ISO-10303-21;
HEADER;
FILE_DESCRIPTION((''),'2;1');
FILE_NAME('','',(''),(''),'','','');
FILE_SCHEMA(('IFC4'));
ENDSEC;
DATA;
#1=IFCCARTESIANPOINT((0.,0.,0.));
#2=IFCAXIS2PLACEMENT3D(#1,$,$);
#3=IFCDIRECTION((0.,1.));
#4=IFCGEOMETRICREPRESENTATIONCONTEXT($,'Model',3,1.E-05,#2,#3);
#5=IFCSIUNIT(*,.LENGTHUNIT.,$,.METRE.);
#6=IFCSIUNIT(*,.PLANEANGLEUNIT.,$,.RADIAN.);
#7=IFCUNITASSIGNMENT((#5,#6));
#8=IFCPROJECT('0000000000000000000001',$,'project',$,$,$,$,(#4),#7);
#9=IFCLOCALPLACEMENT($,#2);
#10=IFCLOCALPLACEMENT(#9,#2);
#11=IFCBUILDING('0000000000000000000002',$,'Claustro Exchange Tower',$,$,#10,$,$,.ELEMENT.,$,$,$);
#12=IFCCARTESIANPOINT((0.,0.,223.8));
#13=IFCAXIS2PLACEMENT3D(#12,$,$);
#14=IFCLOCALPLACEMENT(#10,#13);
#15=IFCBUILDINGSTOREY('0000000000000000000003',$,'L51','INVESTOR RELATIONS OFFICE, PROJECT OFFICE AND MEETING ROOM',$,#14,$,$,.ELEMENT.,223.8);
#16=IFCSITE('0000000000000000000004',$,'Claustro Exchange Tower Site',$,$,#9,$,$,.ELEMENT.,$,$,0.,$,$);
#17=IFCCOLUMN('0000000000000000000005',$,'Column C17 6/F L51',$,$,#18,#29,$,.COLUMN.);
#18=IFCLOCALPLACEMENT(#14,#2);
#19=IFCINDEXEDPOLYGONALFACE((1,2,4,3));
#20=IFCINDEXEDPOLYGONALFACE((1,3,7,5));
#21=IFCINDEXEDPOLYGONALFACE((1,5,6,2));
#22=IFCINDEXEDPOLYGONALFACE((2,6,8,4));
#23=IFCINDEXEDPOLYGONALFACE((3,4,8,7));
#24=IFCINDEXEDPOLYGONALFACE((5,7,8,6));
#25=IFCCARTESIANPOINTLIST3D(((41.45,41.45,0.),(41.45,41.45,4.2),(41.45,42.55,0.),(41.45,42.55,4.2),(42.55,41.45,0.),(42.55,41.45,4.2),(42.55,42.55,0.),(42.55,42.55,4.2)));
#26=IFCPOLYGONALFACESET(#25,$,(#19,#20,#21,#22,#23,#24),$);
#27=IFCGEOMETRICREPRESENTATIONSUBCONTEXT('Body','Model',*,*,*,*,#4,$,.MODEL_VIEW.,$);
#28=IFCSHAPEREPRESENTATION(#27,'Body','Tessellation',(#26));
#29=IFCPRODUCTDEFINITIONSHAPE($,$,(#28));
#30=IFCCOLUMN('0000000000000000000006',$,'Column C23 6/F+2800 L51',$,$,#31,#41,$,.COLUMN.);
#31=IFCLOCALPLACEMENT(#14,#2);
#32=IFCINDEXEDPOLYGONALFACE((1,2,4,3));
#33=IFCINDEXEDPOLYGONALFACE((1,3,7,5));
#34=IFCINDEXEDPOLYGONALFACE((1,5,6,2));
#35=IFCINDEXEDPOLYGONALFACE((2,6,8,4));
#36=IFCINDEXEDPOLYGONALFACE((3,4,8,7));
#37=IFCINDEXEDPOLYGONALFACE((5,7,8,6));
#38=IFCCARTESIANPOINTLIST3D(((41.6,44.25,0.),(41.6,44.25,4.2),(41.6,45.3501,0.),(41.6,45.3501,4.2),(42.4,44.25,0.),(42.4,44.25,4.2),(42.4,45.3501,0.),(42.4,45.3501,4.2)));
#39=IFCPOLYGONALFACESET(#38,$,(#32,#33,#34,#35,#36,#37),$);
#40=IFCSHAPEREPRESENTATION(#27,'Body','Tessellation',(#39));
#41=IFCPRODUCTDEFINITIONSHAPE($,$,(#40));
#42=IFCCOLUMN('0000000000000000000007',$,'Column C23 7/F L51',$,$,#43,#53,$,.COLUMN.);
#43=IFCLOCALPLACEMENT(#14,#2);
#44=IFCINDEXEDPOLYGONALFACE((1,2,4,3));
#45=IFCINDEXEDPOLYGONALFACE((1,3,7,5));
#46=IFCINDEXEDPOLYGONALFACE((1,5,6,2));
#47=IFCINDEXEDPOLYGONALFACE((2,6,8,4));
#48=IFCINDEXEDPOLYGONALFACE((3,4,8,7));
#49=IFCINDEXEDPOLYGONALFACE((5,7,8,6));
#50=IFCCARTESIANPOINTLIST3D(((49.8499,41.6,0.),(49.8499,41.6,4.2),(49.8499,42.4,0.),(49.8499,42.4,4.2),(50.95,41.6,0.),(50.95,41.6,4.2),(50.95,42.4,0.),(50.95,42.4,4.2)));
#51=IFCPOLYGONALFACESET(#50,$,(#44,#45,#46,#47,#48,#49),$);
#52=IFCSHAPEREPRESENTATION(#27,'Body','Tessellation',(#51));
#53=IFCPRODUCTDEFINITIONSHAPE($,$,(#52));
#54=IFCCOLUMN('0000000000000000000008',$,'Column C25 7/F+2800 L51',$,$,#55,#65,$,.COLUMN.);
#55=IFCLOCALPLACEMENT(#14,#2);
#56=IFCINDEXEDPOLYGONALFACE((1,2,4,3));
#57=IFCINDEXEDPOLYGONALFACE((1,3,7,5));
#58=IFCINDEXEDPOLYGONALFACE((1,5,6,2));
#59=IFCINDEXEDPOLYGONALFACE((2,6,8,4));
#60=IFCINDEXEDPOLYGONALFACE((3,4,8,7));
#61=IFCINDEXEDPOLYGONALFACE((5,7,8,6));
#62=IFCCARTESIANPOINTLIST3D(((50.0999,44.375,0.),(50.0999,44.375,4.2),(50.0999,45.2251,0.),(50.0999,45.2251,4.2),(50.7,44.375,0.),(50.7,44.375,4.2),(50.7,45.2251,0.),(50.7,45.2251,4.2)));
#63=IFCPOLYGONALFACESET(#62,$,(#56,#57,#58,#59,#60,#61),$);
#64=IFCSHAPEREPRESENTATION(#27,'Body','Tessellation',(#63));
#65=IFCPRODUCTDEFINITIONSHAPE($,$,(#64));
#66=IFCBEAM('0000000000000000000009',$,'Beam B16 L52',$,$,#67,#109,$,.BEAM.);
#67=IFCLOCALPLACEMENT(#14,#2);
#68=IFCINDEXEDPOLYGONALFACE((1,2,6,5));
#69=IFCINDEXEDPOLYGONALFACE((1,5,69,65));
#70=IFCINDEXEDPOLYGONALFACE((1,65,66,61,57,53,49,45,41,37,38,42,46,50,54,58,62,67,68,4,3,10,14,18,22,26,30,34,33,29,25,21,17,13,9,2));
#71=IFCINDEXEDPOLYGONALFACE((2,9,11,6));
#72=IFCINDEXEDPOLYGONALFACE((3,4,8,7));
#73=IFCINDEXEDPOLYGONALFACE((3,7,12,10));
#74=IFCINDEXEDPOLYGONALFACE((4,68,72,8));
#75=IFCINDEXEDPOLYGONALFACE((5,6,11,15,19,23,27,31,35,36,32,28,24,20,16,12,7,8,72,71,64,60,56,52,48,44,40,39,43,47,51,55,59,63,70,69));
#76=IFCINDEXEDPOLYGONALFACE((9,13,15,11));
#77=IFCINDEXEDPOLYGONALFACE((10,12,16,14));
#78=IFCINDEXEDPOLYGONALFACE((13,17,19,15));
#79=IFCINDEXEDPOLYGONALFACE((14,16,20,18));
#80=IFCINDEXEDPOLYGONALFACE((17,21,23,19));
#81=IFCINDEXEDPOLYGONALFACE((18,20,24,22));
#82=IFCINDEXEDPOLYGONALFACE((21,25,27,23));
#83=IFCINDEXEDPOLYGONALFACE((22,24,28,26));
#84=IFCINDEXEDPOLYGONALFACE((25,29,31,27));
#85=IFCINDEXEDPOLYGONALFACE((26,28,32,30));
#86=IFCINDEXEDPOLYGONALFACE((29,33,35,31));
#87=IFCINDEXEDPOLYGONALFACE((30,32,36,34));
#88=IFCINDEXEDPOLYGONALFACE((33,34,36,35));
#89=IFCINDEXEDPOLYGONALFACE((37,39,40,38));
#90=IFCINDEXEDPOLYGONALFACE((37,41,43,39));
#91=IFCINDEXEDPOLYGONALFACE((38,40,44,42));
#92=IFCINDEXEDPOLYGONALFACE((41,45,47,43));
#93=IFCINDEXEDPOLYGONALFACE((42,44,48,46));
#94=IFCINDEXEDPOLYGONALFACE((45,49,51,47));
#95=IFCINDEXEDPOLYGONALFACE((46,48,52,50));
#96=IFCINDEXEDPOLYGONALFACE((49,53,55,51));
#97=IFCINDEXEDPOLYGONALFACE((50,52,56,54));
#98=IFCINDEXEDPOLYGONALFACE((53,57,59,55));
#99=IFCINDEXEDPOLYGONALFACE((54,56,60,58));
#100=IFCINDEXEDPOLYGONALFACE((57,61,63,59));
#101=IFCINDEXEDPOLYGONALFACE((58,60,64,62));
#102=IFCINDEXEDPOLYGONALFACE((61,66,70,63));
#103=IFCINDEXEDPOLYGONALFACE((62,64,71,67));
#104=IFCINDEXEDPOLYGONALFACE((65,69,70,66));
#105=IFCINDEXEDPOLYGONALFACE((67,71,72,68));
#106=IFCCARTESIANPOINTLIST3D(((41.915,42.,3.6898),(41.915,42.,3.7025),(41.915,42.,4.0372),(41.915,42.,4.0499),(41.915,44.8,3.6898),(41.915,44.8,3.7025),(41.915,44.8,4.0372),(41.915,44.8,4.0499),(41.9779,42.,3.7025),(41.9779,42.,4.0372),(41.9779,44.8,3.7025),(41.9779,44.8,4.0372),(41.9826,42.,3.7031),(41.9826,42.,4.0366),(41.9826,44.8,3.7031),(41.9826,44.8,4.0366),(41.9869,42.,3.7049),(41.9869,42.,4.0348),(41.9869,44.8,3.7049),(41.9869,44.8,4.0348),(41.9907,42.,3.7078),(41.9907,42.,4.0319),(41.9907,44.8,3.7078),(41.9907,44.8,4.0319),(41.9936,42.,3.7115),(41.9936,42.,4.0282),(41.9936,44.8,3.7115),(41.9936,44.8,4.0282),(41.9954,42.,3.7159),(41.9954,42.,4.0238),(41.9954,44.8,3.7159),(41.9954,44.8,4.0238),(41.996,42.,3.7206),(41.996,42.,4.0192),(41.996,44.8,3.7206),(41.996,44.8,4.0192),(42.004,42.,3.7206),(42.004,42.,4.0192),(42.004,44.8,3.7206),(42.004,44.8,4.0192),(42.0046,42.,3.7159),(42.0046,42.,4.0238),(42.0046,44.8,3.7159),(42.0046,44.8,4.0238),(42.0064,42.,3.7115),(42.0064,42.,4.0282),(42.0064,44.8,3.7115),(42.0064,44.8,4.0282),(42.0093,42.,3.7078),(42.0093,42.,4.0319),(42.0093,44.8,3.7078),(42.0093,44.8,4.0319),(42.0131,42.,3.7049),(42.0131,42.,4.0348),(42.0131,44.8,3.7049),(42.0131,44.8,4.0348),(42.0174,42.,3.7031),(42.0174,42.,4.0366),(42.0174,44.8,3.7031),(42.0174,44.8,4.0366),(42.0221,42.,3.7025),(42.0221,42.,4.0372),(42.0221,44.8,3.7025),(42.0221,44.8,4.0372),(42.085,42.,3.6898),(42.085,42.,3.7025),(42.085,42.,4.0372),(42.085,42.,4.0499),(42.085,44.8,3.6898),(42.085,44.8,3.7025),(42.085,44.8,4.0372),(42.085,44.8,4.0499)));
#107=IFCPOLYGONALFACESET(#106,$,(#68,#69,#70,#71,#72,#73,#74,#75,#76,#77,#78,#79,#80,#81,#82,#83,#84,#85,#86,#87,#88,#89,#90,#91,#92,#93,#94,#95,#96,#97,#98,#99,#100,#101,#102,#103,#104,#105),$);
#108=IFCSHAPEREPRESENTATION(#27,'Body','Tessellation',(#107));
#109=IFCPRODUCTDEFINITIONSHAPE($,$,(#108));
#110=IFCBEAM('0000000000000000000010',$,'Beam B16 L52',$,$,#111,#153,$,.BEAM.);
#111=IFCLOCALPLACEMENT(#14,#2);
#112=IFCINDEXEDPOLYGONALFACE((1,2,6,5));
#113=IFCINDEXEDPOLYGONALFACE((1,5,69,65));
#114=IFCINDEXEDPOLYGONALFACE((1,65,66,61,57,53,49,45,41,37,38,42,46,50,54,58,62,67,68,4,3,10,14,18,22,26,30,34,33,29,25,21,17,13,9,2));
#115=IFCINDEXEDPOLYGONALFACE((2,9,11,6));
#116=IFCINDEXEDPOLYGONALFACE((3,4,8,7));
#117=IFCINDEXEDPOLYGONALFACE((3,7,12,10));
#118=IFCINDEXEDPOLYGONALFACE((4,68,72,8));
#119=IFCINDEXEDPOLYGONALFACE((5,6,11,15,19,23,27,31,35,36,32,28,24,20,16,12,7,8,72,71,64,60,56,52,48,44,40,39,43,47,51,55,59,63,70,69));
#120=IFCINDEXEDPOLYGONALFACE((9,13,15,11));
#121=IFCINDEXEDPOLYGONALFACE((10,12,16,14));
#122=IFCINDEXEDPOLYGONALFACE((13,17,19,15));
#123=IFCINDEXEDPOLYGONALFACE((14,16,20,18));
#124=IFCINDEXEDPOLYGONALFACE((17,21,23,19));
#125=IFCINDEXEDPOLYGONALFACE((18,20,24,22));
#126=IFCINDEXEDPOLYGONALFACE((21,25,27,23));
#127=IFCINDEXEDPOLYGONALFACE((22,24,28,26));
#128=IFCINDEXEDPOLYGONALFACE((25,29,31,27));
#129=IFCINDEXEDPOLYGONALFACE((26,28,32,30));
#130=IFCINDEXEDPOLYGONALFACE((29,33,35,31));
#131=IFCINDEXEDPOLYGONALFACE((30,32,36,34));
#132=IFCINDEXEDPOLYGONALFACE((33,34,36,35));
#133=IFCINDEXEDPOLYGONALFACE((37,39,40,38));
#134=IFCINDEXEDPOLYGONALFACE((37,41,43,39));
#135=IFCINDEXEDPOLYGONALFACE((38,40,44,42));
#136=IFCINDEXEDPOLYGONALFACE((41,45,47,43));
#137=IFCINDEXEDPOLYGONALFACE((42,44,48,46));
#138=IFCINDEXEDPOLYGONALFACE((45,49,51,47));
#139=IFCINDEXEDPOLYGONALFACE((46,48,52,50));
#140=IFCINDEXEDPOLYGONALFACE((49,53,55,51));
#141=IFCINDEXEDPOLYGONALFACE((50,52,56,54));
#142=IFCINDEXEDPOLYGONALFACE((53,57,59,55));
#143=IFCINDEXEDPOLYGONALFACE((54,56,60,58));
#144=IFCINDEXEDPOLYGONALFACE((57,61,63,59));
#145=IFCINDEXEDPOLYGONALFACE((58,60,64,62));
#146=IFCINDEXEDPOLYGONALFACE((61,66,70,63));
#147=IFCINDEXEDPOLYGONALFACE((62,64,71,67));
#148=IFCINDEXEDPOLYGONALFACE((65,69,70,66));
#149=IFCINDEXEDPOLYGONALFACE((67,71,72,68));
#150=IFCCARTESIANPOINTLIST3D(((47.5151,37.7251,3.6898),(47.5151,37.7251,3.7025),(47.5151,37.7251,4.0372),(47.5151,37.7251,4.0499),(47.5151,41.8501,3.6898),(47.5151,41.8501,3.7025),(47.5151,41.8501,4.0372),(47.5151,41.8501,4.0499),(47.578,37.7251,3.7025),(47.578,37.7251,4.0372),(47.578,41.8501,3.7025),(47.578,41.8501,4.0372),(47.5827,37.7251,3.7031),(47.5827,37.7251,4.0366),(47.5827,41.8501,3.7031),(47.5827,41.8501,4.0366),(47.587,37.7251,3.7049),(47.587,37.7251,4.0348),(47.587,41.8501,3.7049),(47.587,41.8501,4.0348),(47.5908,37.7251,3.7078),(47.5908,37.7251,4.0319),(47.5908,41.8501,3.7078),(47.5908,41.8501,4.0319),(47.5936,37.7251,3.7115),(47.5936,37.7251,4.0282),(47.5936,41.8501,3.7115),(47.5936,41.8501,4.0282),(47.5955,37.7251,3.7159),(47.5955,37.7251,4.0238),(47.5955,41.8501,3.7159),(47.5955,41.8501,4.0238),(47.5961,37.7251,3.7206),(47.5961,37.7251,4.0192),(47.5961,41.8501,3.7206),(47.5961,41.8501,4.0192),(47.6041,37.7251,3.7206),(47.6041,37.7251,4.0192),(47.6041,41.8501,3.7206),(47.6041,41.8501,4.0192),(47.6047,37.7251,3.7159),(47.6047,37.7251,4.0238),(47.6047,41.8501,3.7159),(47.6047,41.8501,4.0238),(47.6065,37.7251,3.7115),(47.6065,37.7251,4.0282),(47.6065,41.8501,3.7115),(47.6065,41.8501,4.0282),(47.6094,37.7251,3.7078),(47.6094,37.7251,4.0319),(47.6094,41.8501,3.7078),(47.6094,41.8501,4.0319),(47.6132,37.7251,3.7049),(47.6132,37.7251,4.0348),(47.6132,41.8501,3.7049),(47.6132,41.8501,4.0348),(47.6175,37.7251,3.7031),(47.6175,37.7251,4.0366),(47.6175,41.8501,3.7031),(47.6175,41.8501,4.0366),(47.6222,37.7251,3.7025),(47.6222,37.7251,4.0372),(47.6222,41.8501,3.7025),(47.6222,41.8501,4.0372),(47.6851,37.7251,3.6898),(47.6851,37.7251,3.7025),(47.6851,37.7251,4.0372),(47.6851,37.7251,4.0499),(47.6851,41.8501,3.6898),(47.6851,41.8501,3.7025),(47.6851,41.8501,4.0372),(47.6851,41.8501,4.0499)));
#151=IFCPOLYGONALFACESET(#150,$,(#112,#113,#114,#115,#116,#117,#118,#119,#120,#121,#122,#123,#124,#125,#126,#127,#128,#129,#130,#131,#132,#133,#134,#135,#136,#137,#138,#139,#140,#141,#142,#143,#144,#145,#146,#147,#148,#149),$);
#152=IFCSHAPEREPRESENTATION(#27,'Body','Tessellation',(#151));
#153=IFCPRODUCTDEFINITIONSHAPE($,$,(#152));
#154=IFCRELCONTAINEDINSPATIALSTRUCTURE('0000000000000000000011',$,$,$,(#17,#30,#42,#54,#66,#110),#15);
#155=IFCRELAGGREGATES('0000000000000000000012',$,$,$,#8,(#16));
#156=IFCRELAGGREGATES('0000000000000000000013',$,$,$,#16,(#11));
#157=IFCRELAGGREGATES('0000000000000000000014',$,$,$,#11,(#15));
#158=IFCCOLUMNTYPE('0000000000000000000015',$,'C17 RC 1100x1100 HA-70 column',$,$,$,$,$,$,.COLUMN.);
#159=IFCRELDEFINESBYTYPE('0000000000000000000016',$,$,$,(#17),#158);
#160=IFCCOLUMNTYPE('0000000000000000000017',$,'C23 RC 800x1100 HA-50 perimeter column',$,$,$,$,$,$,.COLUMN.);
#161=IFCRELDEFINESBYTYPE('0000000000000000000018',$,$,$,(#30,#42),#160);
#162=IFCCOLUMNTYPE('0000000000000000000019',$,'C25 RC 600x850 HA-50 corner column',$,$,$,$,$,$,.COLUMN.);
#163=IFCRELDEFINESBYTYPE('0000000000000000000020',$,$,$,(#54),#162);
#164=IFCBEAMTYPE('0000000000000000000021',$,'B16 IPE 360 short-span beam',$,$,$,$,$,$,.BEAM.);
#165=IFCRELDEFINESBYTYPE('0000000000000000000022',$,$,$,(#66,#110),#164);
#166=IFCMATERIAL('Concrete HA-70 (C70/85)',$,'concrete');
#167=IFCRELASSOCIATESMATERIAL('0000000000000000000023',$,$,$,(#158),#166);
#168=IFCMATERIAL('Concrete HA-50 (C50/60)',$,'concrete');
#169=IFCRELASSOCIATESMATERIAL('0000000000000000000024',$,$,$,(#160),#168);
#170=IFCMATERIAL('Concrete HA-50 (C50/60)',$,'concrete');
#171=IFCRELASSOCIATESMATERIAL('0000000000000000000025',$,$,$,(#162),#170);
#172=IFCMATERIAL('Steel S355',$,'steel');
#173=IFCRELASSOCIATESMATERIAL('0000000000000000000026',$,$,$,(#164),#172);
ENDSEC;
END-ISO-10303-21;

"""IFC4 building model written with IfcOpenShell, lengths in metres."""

from ifc_helpers import new_model, si_unit, direction, frame, origin, origin_2d, place, context, subcontext, project, spatial, rectangle, i_section, extrude, material, material_profile, profile_set, type_object, element, save


model = new_model("IFC4")

# Units and contexts
model_context = context("Model", 3, precision=1e-05, world=origin(), true_north=direction((0.0, 1.0)))
body_context = subcontext(model_context, "Body", "Model", "MODEL_VIEW")
ifc_project = project(units=[si_unit("LENGTHUNIT", "METRE"), si_unit("PLANEANGLEUNIT", "RADIAN")], contexts=[model_context])

# Site, building, storey
site_placement = place(None, origin())
site = spatial("IfcSite", under=ifc_project, at=site_placement, Name="Claustro Exchange Tower Site", CompositionType="ELEMENT", RefElevation=0.0)
building_placement = place(site_placement, origin())
building = spatial("IfcBuilding", under=site, at=building_placement, Name="Claustro Exchange Tower", CompositionType="ELEMENT")
storey_placement = place(building_placement, frame((0.0, 0.0, 223.8)))
storey = spatial("IfcBuildingStorey", under=building, at=storey_placement, Name="L51", Description="INVESTOR RELATIONS OFFICE, PROJECT OFFICE AND MEETING ROOM", CompositionType="ELEMENT", Elevation=223.8)

# Columns
ifc_material_1 = material(Name="Concrete HA-70 (C70/85)", Category="concrete")
ifc_material_profile_1 = material_profile(ifc_material_1, rectangle(XDim=1.1001, YDim=1.1001, at=origin_2d()), Name="RC 1100x1100")
ifc_profile_set_1 = profile_set([ifc_material_profile_1], Name="Concrete HA-70 (C70/85)")
column_type_1 = type_object("IfcColumnType", Name="C17 RC 1100x1100 HA-70 column", PredefinedType="COLUMN", material=ifc_profile_set_1)
column_1_placement = place(storey_placement, frame((42.0, 42.0, 0.0), z_axis=(0.0, 0.0, 1.0), x_axis=(1.0, 0.0, 0.0)))
element("IfcColumn", 1, at=column_1_placement, inside=storey, type_object=column_type_1, Name="Column C17 6/F L51", PredefinedType="COLUMN", context=body_context, shape_type="SweptSolid", body=[
    extrude(rectangle(XDim=1.1001, YDim=1.1001, at=origin_2d()), origin(), (0.0, 0.0, 1.0), 4.2),
])
ifc_material_2 = material(Name="Concrete HA-50 (C50/60)", Category="concrete")
ifc_material_profile_2 = material_profile(ifc_material_2, rectangle(XDim=0.8, YDim=1.1001, at=origin_2d()), Name="RC 800x1100")
ifc_profile_set_2 = profile_set([ifc_material_profile_2], Name="Concrete HA-50 (C50/60)")
column_type_2 = type_object("IfcColumnType", Name="C23 RC 800x1100 HA-50 perimeter column", PredefinedType="COLUMN", material=ifc_profile_set_2)
for number, where, z_axis, x_axis, name in (
    (2, (42.0, 44.8, 0.0), (0.0, 0.0, 1.0), (1.0, 0.0, 0.0), "Column C23 6/F+2800 L51"),
    (3, (50.3999, 42.0, 0.0), (0.0, 0.0, 1.0), (0.0, 1.0, 0.0), "Column C23 7/F L51"),
):
    element("IfcColumn", number, at=place(storey_placement, frame(where, z_axis=z_axis, x_axis=x_axis)), inside=storey, type_object=column_type_2, Name=name, PredefinedType="COLUMN", context=body_context, shape_type="SweptSolid", body=[
        extrude(rectangle(XDim=0.8, YDim=1.1001, at=origin_2d()), origin(), (0.0, 0.0, 1.0), 4.2),
    ])
ifc_material_3 = material(Name="Concrete HA-50 (C50/60)", Category="concrete")
ifc_material_profile_3 = material_profile(ifc_material_3, rectangle(XDim=0.6001, YDim=0.8501, at=origin_2d()), Name="RC 600x850")
ifc_profile_set_3 = profile_set([ifc_material_profile_3], Name="Concrete HA-50 (C50/60)")
column_type_3 = type_object("IfcColumnType", Name="C25 RC 600x850 HA-50 corner column", PredefinedType="COLUMN", material=ifc_profile_set_3)
column_2_placement = place(storey_placement, frame((50.3999, 44.8, 0.0), z_axis=(0.0, 0.0, 1.0), x_axis=(1.0, 0.0, 0.0)))
element("IfcColumn", 4, at=column_2_placement, inside=storey, type_object=column_type_3, Name="Column C25 7/F+2800 L51", PredefinedType="COLUMN", context=body_context, shape_type="SweptSolid", body=[
    extrude(rectangle(XDim=0.6001, YDim=0.8501, at=origin_2d()), origin(), (0.0, 0.0, 1.0), 4.2),
])

# Beams
ifc_material_4 = material(Name="Steel S355", Category="steel")
ifc_material_profile_4 = material_profile(ifc_material_4, i_section(OverallWidth=0.1699, OverallDepth=0.3601, WebThickness=0.0081, FlangeThickness=0.0127, FilletRadius=0.0181, at=origin_2d()), Name="IPE 360")
ifc_profile_set_4 = profile_set([ifc_material_profile_4], Name="Steel S355")
beam_type_1 = type_object("IfcBeamType", Name="B16 IPE 360 short-span beam", PredefinedType="BEAM", material=ifc_profile_set_4)
beam_1_placement = place(storey_placement, frame((42.0, 42.0, 3.8699), z_axis=(0.0, 1.0, 0.0), x_axis=(-1.0, 0.0, 0.0)))
element("IfcBeam", 5, at=beam_1_placement, inside=storey, type_object=beam_type_1, Name="Beam B16 L52", PredefinedType="BEAM", context=body_context, shape_type="SweptSolid", body=[
    extrude(i_section(OverallWidth=0.1699, OverallDepth=0.3601, WebThickness=0.0081, FlangeThickness=0.0127, FilletRadius=0.0181, at=origin_2d()), origin(), (0.0, 0.0, 1.0), 2.8),
])
beam_2_placement = place(storey_placement, frame((47.6001, 37.7251, 3.8699), z_axis=(0.0, 1.0, 0.0), x_axis=(-1.0, 0.0, 0.0)))
element("IfcBeam", 6, at=beam_2_placement, inside=storey, type_object=beam_type_1, Name="Beam B16 L52", PredefinedType="BEAM", context=body_context, shape_type="SweptSolid", body=[
    extrude(i_section(OverallWidth=0.1699, OverallDepth=0.3601, WebThickness=0.0081, FlangeThickness=0.0127, FilletRadius=0.0181, at=origin_2d()), origin(), (0.0, 0.0, 1.0), 4.125),
])

save(model, "model.ifc")
